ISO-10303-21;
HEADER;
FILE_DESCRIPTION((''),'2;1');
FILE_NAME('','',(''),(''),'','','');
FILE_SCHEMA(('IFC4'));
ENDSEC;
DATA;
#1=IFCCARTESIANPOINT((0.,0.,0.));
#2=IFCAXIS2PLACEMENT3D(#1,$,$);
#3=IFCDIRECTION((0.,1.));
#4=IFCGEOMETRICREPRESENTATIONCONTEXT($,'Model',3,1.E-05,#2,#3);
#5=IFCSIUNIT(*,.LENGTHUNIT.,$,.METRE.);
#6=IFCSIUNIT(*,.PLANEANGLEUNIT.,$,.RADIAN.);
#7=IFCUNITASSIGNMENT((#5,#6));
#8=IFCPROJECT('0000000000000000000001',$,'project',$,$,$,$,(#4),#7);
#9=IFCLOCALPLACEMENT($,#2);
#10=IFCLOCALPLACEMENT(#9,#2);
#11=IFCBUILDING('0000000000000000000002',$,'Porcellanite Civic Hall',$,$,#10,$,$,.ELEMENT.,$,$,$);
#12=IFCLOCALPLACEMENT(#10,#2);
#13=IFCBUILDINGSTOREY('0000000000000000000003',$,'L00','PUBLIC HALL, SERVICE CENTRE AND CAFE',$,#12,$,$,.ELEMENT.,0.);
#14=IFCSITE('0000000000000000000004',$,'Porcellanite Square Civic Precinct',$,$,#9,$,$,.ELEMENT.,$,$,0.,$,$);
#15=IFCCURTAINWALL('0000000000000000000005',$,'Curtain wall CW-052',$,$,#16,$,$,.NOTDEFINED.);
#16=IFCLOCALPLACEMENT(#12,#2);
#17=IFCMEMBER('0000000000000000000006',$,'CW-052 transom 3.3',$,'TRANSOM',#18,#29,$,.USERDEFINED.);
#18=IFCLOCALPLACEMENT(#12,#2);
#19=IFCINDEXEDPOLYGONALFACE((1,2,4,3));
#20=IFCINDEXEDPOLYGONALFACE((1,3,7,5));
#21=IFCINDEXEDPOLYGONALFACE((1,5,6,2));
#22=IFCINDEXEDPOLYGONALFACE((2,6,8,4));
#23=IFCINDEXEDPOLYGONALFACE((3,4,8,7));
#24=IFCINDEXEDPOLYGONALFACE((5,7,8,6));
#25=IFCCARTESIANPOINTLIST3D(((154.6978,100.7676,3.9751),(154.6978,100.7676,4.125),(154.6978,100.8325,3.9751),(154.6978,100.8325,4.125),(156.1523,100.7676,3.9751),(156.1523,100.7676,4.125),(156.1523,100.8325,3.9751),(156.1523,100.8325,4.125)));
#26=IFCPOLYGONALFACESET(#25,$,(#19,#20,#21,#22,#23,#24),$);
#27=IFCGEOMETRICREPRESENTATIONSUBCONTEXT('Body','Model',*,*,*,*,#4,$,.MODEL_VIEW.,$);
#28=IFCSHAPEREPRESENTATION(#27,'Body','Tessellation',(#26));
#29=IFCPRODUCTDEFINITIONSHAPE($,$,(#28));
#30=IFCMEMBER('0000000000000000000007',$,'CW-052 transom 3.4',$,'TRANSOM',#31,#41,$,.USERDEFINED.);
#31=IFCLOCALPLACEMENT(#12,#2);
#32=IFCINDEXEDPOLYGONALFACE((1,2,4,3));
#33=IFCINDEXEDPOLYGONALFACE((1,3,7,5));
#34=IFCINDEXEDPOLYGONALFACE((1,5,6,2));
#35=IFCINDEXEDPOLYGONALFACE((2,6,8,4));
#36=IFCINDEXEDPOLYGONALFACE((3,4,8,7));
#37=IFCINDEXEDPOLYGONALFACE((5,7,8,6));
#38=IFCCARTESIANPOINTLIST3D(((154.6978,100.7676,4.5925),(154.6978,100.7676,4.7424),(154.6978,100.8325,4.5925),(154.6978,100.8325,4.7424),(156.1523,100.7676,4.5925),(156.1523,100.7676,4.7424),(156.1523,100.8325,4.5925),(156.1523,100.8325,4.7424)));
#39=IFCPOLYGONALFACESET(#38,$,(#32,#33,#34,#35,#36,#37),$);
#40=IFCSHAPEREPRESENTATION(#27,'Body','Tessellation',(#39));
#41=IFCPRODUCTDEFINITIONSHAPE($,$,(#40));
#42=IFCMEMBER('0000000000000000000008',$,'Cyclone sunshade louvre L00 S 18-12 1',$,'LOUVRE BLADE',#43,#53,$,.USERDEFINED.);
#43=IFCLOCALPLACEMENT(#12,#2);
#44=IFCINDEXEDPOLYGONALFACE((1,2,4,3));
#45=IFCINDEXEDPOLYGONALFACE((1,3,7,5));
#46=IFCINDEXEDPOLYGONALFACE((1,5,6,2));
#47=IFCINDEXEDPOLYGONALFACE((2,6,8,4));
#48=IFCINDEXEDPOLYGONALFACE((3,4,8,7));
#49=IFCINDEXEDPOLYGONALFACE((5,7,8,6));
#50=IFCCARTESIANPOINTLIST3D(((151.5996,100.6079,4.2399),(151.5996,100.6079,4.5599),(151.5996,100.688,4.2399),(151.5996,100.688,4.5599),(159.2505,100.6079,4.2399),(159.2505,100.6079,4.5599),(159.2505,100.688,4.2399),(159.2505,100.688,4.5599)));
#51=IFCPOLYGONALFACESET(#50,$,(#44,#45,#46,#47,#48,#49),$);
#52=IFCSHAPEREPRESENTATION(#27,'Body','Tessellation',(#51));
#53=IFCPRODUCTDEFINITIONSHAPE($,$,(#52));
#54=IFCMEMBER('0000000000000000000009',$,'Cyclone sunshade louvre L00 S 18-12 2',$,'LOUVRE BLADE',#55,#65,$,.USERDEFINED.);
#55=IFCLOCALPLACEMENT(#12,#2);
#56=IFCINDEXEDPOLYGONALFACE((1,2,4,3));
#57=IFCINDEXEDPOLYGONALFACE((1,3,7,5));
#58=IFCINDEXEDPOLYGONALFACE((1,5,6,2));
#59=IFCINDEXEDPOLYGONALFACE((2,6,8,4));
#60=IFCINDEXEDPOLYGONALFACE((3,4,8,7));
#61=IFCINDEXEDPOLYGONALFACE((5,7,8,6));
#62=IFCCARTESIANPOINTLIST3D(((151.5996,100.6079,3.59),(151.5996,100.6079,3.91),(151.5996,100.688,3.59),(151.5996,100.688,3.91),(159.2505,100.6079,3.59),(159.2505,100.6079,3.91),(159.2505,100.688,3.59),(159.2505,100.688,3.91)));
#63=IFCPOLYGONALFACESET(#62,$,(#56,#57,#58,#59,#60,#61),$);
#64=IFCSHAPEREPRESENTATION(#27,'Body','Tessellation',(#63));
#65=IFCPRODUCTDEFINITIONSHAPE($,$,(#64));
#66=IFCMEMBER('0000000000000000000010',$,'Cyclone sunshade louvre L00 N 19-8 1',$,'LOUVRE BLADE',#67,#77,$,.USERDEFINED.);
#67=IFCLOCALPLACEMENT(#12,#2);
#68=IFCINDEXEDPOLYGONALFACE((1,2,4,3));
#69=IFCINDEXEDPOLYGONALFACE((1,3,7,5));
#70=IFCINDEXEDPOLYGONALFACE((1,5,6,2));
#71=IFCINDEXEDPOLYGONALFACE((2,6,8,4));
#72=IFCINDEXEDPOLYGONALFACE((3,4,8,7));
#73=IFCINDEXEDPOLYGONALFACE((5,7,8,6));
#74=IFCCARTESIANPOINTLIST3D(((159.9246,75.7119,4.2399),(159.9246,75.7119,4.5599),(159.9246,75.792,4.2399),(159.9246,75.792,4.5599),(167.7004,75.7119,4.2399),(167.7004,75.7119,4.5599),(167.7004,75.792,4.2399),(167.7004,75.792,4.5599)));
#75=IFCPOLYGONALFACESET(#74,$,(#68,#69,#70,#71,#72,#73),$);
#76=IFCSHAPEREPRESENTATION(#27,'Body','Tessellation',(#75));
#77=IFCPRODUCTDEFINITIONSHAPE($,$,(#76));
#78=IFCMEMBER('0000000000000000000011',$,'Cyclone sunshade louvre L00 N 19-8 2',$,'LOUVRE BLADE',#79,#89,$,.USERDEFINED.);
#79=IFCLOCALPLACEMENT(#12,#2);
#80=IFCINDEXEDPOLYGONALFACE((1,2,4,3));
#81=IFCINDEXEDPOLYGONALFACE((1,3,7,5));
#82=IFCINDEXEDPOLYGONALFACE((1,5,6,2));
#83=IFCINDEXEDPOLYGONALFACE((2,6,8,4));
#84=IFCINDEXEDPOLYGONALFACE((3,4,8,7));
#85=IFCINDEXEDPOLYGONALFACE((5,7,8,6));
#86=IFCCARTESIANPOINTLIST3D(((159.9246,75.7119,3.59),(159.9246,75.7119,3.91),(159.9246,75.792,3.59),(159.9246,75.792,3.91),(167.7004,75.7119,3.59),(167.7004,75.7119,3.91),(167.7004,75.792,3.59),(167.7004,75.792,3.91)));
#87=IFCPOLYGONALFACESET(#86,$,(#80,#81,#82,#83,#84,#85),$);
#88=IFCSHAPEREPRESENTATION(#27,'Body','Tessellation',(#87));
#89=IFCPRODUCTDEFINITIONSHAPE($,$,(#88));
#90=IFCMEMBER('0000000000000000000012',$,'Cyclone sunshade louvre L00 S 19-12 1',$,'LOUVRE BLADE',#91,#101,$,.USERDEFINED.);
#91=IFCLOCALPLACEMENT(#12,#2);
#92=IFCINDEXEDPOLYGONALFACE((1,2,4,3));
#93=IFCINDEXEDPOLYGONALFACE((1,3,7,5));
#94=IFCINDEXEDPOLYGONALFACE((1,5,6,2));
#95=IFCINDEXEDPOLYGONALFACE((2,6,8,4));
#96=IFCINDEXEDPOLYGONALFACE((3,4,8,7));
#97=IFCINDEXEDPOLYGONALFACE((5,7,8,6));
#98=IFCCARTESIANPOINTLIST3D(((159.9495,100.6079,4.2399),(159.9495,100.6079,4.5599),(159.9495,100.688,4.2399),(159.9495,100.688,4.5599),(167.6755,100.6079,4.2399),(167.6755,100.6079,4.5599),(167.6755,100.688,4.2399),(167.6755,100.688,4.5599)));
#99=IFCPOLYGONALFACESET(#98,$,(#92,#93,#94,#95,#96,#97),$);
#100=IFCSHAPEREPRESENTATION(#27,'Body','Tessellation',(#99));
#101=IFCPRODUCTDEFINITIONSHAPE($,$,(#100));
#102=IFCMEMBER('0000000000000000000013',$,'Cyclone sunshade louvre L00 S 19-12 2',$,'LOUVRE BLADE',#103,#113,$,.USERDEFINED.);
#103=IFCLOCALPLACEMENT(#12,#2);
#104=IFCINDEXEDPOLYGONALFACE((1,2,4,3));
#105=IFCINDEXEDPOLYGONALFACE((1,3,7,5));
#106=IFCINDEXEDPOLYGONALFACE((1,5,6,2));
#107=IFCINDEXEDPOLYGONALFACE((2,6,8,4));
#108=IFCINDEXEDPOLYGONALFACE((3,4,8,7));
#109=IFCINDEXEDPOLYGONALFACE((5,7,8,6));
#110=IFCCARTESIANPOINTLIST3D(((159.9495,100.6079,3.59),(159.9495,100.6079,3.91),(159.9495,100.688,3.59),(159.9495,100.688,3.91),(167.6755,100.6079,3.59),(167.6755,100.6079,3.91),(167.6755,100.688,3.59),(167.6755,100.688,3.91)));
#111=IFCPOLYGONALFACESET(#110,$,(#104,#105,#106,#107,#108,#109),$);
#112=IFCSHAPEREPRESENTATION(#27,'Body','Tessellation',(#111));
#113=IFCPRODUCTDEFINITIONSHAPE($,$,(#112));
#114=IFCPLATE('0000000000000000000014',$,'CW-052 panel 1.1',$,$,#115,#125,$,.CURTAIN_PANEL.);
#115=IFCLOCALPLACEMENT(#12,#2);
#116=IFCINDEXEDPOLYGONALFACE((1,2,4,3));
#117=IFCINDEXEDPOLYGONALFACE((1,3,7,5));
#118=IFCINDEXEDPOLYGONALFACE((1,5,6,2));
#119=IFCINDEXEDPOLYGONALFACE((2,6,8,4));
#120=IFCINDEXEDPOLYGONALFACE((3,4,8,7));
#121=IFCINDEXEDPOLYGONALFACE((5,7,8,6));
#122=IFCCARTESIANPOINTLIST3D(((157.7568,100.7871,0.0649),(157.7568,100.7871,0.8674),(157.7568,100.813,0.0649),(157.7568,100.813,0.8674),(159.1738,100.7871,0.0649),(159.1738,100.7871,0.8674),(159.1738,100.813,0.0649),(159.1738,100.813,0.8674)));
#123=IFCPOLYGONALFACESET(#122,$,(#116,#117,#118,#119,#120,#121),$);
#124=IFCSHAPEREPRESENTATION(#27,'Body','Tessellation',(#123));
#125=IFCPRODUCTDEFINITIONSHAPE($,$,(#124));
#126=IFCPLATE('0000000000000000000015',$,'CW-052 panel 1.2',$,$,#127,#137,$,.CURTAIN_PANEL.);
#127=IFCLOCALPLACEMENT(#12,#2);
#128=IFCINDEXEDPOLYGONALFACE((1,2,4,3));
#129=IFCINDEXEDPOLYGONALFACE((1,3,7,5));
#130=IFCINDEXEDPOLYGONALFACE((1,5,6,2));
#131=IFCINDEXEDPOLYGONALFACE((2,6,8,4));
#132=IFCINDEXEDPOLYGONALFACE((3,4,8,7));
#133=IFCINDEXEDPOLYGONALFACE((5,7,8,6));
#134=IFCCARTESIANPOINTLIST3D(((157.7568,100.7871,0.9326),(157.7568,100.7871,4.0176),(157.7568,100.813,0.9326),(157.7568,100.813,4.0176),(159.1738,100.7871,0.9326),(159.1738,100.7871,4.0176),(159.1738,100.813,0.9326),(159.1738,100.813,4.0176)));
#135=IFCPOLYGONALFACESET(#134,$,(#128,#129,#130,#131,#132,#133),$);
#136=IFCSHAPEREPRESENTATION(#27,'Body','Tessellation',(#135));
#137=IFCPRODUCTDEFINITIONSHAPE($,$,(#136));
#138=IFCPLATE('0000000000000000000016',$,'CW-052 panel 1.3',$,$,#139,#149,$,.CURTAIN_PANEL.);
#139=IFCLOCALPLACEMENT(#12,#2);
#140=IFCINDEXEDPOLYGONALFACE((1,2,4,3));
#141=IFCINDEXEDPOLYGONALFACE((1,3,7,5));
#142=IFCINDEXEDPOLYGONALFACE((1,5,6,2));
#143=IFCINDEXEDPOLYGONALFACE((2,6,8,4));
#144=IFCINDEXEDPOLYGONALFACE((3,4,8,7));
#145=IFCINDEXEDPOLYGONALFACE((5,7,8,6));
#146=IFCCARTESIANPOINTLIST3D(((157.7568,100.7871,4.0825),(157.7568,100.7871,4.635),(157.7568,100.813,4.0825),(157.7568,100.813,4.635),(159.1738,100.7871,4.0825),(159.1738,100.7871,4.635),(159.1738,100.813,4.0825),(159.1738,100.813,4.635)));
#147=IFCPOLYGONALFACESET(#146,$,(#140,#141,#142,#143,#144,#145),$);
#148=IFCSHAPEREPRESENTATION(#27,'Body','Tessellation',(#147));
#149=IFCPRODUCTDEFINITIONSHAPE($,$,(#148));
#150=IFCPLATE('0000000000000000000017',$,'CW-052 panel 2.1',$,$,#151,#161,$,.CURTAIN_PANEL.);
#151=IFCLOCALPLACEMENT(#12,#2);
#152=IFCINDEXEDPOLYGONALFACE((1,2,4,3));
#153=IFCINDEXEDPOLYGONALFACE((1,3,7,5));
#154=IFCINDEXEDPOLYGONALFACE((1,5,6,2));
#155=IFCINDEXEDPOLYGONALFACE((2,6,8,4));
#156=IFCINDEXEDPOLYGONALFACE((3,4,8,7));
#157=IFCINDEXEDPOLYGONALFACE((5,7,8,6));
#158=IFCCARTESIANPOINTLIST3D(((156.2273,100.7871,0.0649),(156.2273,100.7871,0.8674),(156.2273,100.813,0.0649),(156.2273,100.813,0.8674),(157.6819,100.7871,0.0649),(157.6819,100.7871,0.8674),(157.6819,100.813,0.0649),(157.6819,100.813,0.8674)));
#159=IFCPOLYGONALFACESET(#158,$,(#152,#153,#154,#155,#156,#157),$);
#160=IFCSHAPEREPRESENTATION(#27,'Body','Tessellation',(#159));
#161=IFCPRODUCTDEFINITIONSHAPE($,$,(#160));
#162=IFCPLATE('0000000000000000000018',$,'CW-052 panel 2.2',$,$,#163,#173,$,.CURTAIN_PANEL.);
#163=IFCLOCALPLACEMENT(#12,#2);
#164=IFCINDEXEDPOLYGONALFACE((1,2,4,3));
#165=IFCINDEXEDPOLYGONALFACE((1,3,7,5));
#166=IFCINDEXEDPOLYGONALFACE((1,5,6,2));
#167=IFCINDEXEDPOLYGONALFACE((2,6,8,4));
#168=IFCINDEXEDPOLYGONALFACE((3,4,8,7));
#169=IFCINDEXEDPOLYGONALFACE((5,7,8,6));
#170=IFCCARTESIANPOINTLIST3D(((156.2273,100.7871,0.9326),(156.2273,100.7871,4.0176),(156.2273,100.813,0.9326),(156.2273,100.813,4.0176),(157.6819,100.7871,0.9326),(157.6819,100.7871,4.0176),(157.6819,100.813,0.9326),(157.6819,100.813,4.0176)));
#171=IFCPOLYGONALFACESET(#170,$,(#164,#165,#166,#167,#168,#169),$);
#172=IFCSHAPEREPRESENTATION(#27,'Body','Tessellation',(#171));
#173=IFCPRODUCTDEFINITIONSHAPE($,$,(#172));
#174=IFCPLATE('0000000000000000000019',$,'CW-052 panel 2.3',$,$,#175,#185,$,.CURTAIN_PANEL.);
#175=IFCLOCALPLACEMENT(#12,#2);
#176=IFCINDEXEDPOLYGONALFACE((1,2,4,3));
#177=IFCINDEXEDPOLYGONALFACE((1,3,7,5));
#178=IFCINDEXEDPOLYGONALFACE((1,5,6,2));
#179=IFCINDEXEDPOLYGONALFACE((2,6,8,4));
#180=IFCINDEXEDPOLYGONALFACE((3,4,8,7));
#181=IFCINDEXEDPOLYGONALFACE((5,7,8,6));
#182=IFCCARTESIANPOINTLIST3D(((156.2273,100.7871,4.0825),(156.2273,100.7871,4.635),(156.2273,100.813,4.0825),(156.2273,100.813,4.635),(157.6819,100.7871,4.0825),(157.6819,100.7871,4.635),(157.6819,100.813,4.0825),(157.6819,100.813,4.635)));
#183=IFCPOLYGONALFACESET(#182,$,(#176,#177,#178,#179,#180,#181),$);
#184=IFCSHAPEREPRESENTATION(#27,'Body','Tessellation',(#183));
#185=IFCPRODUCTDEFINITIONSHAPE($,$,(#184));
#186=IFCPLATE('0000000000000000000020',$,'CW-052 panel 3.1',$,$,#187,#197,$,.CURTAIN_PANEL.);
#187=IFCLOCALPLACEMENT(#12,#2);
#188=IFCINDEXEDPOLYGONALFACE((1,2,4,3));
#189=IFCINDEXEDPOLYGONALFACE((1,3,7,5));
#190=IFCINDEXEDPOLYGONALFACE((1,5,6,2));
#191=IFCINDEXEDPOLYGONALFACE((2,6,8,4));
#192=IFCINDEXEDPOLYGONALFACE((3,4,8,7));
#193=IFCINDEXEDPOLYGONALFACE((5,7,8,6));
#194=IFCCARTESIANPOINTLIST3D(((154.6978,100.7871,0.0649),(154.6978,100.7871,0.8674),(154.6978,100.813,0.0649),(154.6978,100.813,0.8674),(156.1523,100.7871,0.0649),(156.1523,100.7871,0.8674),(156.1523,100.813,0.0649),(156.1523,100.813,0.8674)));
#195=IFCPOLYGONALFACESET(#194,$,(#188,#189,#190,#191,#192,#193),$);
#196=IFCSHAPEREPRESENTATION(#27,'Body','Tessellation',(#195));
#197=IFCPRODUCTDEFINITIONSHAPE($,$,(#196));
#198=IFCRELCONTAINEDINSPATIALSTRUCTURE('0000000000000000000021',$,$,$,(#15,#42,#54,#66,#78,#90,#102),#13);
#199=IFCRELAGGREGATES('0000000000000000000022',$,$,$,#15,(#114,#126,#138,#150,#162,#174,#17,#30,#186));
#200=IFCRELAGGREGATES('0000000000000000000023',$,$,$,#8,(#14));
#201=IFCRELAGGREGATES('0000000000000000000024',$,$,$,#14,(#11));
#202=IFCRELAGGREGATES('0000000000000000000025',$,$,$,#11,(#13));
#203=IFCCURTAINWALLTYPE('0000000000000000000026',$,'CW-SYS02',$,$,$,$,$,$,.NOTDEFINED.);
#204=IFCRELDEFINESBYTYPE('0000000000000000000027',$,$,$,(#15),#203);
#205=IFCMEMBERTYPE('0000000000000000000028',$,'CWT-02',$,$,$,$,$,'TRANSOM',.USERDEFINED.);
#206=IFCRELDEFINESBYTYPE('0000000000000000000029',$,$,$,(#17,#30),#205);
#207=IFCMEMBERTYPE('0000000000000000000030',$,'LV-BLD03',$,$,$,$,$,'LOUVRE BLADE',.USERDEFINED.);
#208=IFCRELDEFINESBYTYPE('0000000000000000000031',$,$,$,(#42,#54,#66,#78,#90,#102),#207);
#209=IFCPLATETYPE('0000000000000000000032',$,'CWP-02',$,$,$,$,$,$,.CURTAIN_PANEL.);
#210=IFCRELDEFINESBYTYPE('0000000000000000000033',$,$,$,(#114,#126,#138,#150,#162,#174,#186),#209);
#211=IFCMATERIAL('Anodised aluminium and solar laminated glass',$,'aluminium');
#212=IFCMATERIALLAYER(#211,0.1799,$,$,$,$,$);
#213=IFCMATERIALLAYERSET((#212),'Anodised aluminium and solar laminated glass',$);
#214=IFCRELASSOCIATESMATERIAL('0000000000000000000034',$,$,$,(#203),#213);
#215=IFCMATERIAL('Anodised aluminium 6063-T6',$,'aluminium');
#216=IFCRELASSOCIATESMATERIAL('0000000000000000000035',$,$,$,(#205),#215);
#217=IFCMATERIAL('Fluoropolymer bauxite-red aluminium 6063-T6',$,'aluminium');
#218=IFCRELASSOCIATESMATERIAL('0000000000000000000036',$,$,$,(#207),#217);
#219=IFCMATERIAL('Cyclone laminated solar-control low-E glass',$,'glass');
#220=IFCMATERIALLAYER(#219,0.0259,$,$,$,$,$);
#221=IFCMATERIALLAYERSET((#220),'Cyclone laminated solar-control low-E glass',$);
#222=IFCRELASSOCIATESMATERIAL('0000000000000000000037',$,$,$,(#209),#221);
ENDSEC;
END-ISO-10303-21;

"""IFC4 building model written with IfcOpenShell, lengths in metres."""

from ifc_helpers import new_model, si_unit, direction, frame, origin, origin_2d, place, context, subcontext, project, spatial, rectangle, extrude, material, layer, layer_set, material_profile, profile_set, type_object, element, aggregate, save


model = new_model("IFC4")

# Units and contexts
model_context = context("Model", 3, precision=1e-05, world=origin(), true_north=direction((0.0, 1.0)))
body_context = subcontext(model_context, "Body", "Model", "MODEL_VIEW")
ifc_project = project(units=[si_unit("LENGTHUNIT", "METRE"), si_unit("PLANEANGLEUNIT", "RADIAN")], contexts=[model_context])

# Site, building, storey
site_placement = place(None, origin())
site = spatial("IfcSite", under=ifc_project, at=site_placement, Name="Porcellanite Square Civic Precinct", CompositionType="ELEMENT", RefElevation=0.0)
building_placement = place(site_placement, origin())
building = spatial("IfcBuilding", under=site, at=building_placement, Name="Porcellanite Civic Hall", CompositionType="ELEMENT")
storey_placement = place(building_placement, origin())
storey = spatial("IfcBuildingStorey", under=building, at=storey_placement, Name="L00", Description="PUBLIC HALL, SERVICE CENTRE AND CAFE", CompositionType="ELEMENT", Elevation=0.0)

# Curtain wall, members
ifc_material_1 = material(Name="Anodised aluminium and solar laminated glass", Category="aluminium")
ifc_layer_1 = layer(ifc_material_1, 0.1799)
ifc_layer_set_1 = layer_set([ifc_layer_1], Name="Anodised aluminium and solar laminated glass")
curtain_wall_type = type_object("IfcCurtainWallType", Name="CW-SYS02", PredefinedType="NOTDEFINED", material=ifc_layer_set_1)
curtain_wall_placement = place(storey_placement, origin())
curtain_wall = element("IfcCurtainWall", 1, at=curtain_wall_placement, inside=storey, type_object=curtain_wall_type, Name="Curtain wall CW-052", PredefinedType="NOTDEFINED")
ifc_material_2 = material(Name="Anodised aluminium 6063-T6", Category="aluminium")
ifc_material_profile_1 = material_profile(ifc_material_2, rectangle(XDim=0.0649, YDim=0.1499, at=origin_2d()), Name="AL-65x150")
ifc_profile_set_1 = profile_set([ifc_material_profile_1], Name="Anodised aluminium 6063-T6")
member_type_1 = type_object("IfcMemberType", Name="CWT-02", ElementType="TRANSOM", PredefinedType="USERDEFINED", material=ifc_profile_set_1)
member_1_placement = place(storey_placement, frame((156.1523, 100.8, 4.05), z_axis=(-1.0, 0.0, 0.0), x_axis=(0.0, -1.0, 0.0)))
member_1 = element("IfcMember", 2, at=member_1_placement, type_object=member_type_1, Name="CW-052 transom 3.3", ObjectType="TRANSOM", PredefinedType="USERDEFINED", context=body_context, shape_type="SweptSolid", body=[
    extrude(rectangle(XDim=0.0649, YDim=0.1499, at=origin_2d()), origin(), (0.0, 0.0, 1.0), 1.4546),
])
member_2_placement = place(storey_placement, frame((156.1523, 100.8, 4.6675), z_axis=(-1.0, 0.0, 0.0), x_axis=(0.0, -1.0, 0.0)))
member_2 = element("IfcMember", 3, at=member_2_placement, type_object=member_type_1, Name="CW-052 transom 3.4", ObjectType="TRANSOM", PredefinedType="USERDEFINED", context=body_context, shape_type="SweptSolid", body=[
    extrude(rectangle(XDim=0.0649, YDim=0.1499, at=origin_2d()), origin(), (0.0, 0.0, 1.0), 1.4546),
])

# Members
ifc_material_3 = material(Name="Fluoropolymer bauxite-red aluminium 6063-T6", Category="aluminium")
ifc_material_profile_2 = material_profile(ifc_material_3, rectangle(XDim=0.0801, YDim=0.3201, at=origin_2d()), Name="AL-80x320")
ifc_profile_set_2 = profile_set([ifc_material_profile_2], Name="Fluoropolymer bauxite-red aluminium 6063-T6")
member_type_2 = type_object("IfcMemberType", Name="LV-BLD03", ElementType="LOUVRE BLADE", PredefinedType="USERDEFINED", material=ifc_profile_set_2)
for number, where, z_axis, x_axis, name in (
    (4, (159.2505, 100.6479, 4.3999), (-1.0, 0.0, 0.0), (0.0, -1.0, 0.0), "Cyclone sunshade louvre L00 S 18-12 1"),
    (5, (159.2505, 100.6479, 3.75), (-1.0, 0.0, 0.0), (0.0, -1.0, 0.0), "Cyclone sunshade louvre L00 S 18-12 2"),
):
    element("IfcMember", number, at=place(storey_placement, frame(where, z_axis=z_axis, x_axis=x_axis)), inside=storey, type_object=member_type_2, Name=name, ObjectType="LOUVRE BLADE", PredefinedType="USERDEFINED", context=body_context, shape_type="SweptSolid", body=[
        extrude(rectangle(XDim=0.0801, YDim=0.3201, at=origin_2d()), origin(), (0.0, 0.0, 1.0), 7.6509),
    ])
for number, where, z_axis, x_axis, name in (
    (6, (159.9246, 75.752, 4.3999), (1.0, 0.0, 0.0), (0.0, 1.0, 0.0), "Cyclone sunshade louvre L00 N 19-8 1"),
    (7, (159.9246, 75.752, 3.75), (1.0, 0.0, 0.0), (0.0, 1.0, 0.0), "Cyclone sunshade louvre L00 N 19-8 2"),
):
    element("IfcMember", number, at=place(storey_placement, frame(where, z_axis=z_axis, x_axis=x_axis)), inside=storey, type_object=member_type_2, Name=name, ObjectType="LOUVRE BLADE", PredefinedType="USERDEFINED", context=body_context, shape_type="SweptSolid", body=[
        extrude(rectangle(XDim=0.0801, YDim=0.3201, at=origin_2d()), origin(), (0.0, 0.0, 1.0), 7.7759),
    ])
for number, where, z_axis, x_axis, name in (
    (8, (167.6755, 100.6479, 4.3999), (-1.0, 0.0, 0.0), (0.0, -1.0, 0.0), "Cyclone sunshade louvre L00 S 19-12 1"),
    (9, (167.6755, 100.6479, 3.75), (-1.0, 0.0, 0.0), (0.0, -1.0, 0.0), "Cyclone sunshade louvre L00 S 19-12 2"),
):
    element("IfcMember", number, at=place(storey_placement, frame(where, z_axis=z_axis, x_axis=x_axis)), inside=storey, type_object=member_type_2, Name=name, ObjectType="LOUVRE BLADE", PredefinedType="USERDEFINED", context=body_context, shape_type="SweptSolid", body=[
        extrude(rectangle(XDim=0.0801, YDim=0.3201, at=origin_2d()), origin(), (0.0, 0.0, 1.0), 7.7261),
    ])

# Plates
ifc_material_4 = material(Name="Cyclone laminated solar-control low-E glass", Category="glass")
ifc_layer_2 = layer(ifc_material_4, 0.0259)
ifc_layer_set_2 = layer_set([ifc_layer_2], Name="Cyclone laminated solar-control low-E glass")
plate_type = type_object("IfcPlateType", Name="CWP-02", PredefinedType="CURTAIN_PANEL", material=ifc_layer_set_2)
plate_1_placement = place(storey_placement, frame((158.4653, 100.8, 0.0649), z_axis=(0.0, 0.0, 1.0), x_axis=(-1.0, 0.0, 0.0)))
plate_1 = element("IfcPlate", 10, at=plate_1_placement, type_object=plate_type, Name="CW-052 panel 1.1", PredefinedType="CURTAIN_PANEL", context=body_context, shape_type="SweptSolid", body=[
    extrude(rectangle(XDim=1.417, YDim=0.0259, at=origin_2d()), origin(), (0.0, 0.0, 1.0), 0.8025),
])
plate_2_placement = place(storey_placement, frame((158.4653, 100.8, 0.9326), z_axis=(0.0, 0.0, 1.0), x_axis=(-1.0, 0.0, 0.0)))
plate_2 = element("IfcPlate", 11, at=plate_2_placement, type_object=plate_type, Name="CW-052 panel 1.2", PredefinedType="CURTAIN_PANEL", context=body_context, shape_type="SweptSolid", body=[
    extrude(rectangle(XDim=1.417, YDim=0.0259, at=origin_2d()), origin(), (0.0, 0.0, 1.0), 3.085),
])
plate_3_placement = place(storey_placement, frame((158.4653, 100.8, 4.0825), z_axis=(0.0, 0.0, 1.0), x_axis=(-1.0, 0.0, 0.0)))
plate_3 = element("IfcPlate", 12, at=plate_3_placement, type_object=plate_type, Name="CW-052 panel 1.3", PredefinedType="CURTAIN_PANEL", context=body_context, shape_type="SweptSolid", body=[
    extrude(rectangle(XDim=1.417, YDim=0.0259, at=origin_2d()), origin(), (0.0, 0.0, 1.0), 0.5525),
])
plate_4_placement = place(storey_placement, frame((156.9546, 100.8, 0.0649), z_axis=(0.0, 0.0, 1.0), x_axis=(-1.0, 0.0, 0.0)))
plate_4 = element("IfcPlate", 13, at=plate_4_placement, type_object=plate_type, Name="CW-052 panel 2.1", PredefinedType="CURTAIN_PANEL", context=body_context, shape_type="SweptSolid", body=[
    extrude(rectangle(XDim=1.4546, YDim=0.0259, at=origin_2d()), origin(), (0.0, 0.0, 1.0), 0.8025),
])
plate_5_placement = place(storey_placement, frame((156.9546, 100.8, 0.9326), z_axis=(0.0, 0.0, 1.0), x_axis=(-1.0, 0.0, 0.0)))
plate_5 = element("IfcPlate", 14, at=plate_5_placement, type_object=plate_type, Name="CW-052 panel 2.2", PredefinedType="CURTAIN_PANEL", context=body_context, shape_type="SweptSolid", body=[
    extrude(rectangle(XDim=1.4546, YDim=0.0259, at=origin_2d()), origin(), (0.0, 0.0, 1.0), 3.085),
])
plate_6_placement = place(storey_placement, frame((156.9546, 100.8, 4.0825), z_axis=(0.0, 0.0, 1.0), x_axis=(-1.0, 0.0, 0.0)))
plate_6 = element("IfcPlate", 15, at=plate_6_placement, type_object=plate_type, Name="CW-052 panel 2.3", PredefinedType="CURTAIN_PANEL", context=body_context, shape_type="SweptSolid", body=[
    extrude(rectangle(XDim=1.4546, YDim=0.0259, at=origin_2d()), origin(), (0.0, 0.0, 1.0), 0.5525),
])
plate_7_placement = place(storey_placement, frame((155.425, 100.8, 0.0649), z_axis=(0.0, 0.0, 1.0), x_axis=(-1.0, 0.0, 0.0)))
plate_7 = element("IfcPlate", 16, at=plate_7_placement, type_object=plate_type, Name="CW-052 panel 3.1", PredefinedType="CURTAIN_PANEL", context=body_context, shape_type="SweptSolid", body=[
    extrude(rectangle(XDim=1.4546, YDim=0.0259, at=origin_2d()), origin(), (0.0, 0.0, 1.0), 0.8025),
])
aggregate(curtain_wall, [plate_1, plate_2, plate_3, plate_4, plate_5, plate_6, member_1, member_2, plate_7])

save(model, "model.ifc")
